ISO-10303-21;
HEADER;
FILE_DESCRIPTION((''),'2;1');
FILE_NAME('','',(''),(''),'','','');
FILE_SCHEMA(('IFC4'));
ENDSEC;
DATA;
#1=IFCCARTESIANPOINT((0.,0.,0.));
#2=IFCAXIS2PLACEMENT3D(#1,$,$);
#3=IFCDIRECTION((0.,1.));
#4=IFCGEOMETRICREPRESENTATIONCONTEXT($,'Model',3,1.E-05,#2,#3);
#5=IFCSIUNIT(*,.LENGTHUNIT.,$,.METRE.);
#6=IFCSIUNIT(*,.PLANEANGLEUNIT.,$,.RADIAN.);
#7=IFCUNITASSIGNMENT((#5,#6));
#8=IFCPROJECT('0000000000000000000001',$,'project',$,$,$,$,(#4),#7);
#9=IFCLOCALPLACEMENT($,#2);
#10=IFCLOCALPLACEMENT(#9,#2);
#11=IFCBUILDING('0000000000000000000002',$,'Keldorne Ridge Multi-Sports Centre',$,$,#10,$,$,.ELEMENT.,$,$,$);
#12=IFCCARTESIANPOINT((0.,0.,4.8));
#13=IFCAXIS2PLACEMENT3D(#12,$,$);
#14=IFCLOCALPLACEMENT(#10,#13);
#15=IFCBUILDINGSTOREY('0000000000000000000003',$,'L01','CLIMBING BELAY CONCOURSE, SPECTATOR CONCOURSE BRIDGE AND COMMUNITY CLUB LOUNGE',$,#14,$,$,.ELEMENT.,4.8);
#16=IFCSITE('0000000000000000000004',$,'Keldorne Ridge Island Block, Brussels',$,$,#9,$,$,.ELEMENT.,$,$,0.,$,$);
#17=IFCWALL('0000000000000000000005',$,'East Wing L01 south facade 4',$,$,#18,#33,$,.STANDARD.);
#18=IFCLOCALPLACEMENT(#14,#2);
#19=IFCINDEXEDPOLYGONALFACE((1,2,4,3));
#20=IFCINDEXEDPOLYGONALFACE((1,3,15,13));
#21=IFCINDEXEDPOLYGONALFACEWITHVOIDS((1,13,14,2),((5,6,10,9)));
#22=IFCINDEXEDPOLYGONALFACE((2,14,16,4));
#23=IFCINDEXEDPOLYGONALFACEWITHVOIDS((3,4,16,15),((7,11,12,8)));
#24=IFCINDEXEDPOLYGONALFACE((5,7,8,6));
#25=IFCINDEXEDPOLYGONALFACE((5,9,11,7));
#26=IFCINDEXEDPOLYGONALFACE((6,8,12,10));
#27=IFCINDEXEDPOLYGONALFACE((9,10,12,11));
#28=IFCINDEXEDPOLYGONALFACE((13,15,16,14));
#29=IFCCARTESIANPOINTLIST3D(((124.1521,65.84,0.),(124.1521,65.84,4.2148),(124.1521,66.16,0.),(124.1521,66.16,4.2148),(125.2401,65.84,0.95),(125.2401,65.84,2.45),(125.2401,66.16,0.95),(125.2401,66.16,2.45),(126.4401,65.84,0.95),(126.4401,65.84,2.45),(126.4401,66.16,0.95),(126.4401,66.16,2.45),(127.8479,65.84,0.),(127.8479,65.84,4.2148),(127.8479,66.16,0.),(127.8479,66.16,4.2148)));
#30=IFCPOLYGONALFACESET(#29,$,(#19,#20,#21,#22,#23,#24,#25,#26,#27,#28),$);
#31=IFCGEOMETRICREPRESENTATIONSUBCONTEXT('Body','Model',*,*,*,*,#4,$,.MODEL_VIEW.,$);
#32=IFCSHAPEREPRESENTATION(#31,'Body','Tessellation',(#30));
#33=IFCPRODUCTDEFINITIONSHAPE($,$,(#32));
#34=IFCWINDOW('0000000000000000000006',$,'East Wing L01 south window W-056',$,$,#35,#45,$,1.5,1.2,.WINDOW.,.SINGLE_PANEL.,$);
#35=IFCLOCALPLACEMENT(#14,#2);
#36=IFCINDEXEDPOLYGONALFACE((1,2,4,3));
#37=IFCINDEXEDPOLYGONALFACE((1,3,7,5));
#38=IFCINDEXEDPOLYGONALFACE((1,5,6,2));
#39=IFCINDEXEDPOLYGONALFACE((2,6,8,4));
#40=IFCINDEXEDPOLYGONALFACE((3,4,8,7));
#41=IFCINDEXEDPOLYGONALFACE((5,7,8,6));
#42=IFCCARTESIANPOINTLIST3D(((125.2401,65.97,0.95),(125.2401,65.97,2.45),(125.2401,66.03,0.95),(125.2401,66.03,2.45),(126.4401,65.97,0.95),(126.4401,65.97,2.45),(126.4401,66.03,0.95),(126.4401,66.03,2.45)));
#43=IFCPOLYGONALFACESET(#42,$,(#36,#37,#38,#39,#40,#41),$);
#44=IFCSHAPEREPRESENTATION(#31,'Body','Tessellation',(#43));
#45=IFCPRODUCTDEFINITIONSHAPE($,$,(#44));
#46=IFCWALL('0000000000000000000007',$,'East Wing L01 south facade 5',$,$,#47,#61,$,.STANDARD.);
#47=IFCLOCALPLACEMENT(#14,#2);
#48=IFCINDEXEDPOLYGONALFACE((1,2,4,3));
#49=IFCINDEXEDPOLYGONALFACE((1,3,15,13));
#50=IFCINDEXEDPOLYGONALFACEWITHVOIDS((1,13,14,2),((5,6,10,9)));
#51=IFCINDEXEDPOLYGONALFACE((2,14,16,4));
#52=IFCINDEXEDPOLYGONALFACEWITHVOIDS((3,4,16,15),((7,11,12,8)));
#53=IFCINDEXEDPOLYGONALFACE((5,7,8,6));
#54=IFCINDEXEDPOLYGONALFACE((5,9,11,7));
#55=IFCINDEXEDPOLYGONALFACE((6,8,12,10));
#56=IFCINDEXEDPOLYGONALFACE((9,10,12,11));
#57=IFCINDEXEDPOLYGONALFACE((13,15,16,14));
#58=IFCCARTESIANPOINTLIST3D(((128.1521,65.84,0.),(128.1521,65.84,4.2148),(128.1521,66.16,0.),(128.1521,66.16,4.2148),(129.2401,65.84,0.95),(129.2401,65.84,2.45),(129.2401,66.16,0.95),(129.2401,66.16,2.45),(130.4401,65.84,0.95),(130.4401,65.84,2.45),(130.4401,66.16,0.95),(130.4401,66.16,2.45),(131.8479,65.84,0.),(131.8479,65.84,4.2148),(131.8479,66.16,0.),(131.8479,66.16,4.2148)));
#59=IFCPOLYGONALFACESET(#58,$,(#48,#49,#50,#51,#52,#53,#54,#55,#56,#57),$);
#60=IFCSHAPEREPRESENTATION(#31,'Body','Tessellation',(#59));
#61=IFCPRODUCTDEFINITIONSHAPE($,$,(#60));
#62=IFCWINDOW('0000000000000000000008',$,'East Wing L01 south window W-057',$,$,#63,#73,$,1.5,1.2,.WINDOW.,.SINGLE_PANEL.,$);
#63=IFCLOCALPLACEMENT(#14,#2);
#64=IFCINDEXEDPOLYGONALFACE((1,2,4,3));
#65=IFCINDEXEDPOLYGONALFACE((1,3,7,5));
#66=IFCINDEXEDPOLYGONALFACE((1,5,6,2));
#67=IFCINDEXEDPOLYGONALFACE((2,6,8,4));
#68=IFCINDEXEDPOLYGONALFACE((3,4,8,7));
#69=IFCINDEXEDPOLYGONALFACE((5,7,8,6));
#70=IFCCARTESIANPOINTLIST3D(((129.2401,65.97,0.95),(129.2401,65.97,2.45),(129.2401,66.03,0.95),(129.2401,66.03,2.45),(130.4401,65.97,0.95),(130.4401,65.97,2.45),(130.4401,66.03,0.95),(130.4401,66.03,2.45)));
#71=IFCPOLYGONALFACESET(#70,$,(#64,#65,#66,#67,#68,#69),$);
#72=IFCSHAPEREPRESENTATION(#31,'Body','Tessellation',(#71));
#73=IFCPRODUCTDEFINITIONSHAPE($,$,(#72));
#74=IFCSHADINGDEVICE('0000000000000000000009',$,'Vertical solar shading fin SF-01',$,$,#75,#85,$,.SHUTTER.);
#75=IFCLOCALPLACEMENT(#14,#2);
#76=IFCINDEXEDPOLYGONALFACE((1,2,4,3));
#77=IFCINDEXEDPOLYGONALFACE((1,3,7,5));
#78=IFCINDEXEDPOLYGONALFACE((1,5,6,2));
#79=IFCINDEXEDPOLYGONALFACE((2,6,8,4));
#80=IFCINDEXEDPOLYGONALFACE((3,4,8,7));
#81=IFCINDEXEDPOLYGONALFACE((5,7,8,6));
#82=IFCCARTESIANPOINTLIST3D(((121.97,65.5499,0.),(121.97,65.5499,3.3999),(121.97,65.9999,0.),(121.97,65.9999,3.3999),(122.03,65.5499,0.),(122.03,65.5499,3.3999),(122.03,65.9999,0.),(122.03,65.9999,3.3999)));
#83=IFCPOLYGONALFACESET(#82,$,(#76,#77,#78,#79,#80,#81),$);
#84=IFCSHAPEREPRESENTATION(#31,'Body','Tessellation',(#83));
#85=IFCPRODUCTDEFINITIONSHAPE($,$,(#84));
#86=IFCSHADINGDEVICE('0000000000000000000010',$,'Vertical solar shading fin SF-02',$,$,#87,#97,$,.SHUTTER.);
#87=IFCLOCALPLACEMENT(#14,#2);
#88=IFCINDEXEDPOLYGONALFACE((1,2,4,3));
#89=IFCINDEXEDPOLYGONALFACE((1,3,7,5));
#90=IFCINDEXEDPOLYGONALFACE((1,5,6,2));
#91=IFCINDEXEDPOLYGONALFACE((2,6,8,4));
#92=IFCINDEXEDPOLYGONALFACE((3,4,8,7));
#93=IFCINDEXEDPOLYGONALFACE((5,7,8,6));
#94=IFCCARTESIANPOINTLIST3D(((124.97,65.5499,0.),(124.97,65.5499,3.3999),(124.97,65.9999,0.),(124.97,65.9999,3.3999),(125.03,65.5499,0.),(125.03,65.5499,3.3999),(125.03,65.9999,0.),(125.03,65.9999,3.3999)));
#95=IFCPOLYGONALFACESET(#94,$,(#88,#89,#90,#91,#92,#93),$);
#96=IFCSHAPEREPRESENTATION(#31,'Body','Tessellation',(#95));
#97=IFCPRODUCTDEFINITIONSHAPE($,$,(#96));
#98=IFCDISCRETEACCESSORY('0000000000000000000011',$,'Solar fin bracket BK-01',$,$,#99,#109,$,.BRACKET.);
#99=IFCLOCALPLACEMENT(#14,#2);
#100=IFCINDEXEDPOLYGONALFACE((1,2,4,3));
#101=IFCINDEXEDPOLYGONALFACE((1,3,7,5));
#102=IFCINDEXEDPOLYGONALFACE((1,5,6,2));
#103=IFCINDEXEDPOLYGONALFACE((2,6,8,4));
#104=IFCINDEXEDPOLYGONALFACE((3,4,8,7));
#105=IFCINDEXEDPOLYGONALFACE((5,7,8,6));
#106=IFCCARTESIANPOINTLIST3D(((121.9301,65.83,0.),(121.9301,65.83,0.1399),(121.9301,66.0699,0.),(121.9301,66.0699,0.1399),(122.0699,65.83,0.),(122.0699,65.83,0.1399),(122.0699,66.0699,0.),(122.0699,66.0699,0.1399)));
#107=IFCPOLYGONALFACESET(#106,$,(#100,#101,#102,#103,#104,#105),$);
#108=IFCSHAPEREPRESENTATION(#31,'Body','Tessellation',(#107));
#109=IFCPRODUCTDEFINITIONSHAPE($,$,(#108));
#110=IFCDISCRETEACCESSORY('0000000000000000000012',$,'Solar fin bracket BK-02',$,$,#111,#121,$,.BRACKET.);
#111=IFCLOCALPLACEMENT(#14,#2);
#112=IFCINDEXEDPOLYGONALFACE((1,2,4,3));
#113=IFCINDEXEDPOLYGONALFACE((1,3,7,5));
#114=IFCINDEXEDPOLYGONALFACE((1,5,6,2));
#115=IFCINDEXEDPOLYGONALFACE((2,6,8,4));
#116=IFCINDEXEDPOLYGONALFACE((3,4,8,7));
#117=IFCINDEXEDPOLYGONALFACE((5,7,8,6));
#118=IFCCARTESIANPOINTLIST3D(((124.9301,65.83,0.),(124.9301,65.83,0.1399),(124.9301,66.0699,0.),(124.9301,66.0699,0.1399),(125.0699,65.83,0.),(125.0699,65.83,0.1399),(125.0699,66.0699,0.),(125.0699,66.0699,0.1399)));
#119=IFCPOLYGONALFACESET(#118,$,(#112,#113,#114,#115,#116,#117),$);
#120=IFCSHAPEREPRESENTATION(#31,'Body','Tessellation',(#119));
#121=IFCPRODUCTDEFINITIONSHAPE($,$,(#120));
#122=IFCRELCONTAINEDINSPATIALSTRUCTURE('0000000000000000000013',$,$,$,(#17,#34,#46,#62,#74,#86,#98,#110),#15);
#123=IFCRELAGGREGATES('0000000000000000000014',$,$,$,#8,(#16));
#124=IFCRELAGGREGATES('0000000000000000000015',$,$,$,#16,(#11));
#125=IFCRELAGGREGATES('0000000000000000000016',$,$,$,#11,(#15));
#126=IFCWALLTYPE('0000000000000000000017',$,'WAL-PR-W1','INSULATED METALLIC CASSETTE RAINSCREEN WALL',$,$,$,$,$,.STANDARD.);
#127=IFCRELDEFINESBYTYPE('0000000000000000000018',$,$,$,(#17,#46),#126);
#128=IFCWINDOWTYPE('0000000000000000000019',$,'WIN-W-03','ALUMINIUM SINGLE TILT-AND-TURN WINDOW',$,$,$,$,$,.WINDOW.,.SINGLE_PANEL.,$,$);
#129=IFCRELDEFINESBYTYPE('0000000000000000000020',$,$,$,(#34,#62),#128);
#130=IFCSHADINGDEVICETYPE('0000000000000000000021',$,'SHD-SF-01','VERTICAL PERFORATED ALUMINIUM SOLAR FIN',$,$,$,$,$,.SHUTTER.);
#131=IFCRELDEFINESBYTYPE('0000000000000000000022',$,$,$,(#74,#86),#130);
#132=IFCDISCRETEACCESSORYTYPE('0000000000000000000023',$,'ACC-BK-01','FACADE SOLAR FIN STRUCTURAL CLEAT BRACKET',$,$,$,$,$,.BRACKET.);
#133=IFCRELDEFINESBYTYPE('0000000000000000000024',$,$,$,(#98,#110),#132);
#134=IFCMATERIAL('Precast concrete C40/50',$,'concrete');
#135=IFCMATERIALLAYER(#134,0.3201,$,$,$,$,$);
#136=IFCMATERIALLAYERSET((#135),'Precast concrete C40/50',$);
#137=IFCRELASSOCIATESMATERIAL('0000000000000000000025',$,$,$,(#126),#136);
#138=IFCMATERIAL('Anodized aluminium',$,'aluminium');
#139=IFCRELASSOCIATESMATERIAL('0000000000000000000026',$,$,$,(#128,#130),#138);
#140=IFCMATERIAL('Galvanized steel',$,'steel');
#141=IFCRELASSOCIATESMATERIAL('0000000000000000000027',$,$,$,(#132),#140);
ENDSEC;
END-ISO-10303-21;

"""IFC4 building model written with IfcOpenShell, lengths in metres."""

from ifc_helpers import new_model, si_unit, direction, frame, frame_2d, origin, origin_2d, place, context, subcontext, project, spatial, rectangle, extrude, material, layer, layer_set, type_object, element, fill, save


model = new_model("IFC4")

# Units and contexts
model_context = context("Model", 3, precision=1e-05, world=origin(), true_north=direction((0.0, 1.0)))
body_context = subcontext(model_context, "Body", "Model", "MODEL_VIEW")
ifc_project = project(units=[si_unit("LENGTHUNIT", "METRE"), si_unit("PLANEANGLEUNIT", "RADIAN")], contexts=[model_context])

# Site, building, storey
site_placement = place(None, origin())
site = spatial("IfcSite", under=ifc_project, at=site_placement, Name="Keldorne Ridge Island Block, Brussels", CompositionType="ELEMENT", RefElevation=0.0)
building_placement = place(site_placement, origin())
building = spatial("IfcBuilding", under=site, at=building_placement, Name="Keldorne Ridge Multi-Sports Centre", CompositionType="ELEMENT")
storey_placement = place(building_placement, frame((0.0, 0.0, 4.8)))
storey = spatial("IfcBuildingStorey", under=building, at=storey_placement, Name="L01", Description="CLIMBING BELAY CONCOURSE, SPECTATOR CONCOURSE BRIDGE AND COMMUNITY CLUB LOUNGE", CompositionType="ELEMENT", Elevation=4.8)

# Shared definitions
ifc_material_1 = material(Name="Anodized aluminium", Category="aluminium")

# Walls, openings, windows
ifc_material_2 = material(Name="Precast concrete C40/50", Category="concrete")
ifc_layer_1 = layer(ifc_material_2, 0.3201)
ifc_layer_set_1 = layer_set([ifc_layer_1], Name="Precast concrete C40/50")
wall_type = type_object("IfcWallType", Name="WAL-PR-W1", Description="INSULATED METALLIC CASSETTE RAINSCREEN WALL", PredefinedType="STANDARD", material=ifc_layer_set_1)
wall_1_placement = place(storey_placement, frame((124.1521, 66.0, 0.0), z_axis=(0.0, 0.0, 1.0), x_axis=(1.0, 0.0, 0.0)))
wall_1 = element("IfcWall", 1, at=wall_1_placement, inside=storey, type_object=wall_type, Name="East Wing L01 south facade 4", PredefinedType="STANDARD", context=body_context, shape_type="SweptSolid", body=[
    extrude(rectangle(XDim=3.6958, YDim=0.3201, at=frame_2d((1.8479, 0.0))), origin(), (0.0, 0.0, 1.0), 4.2148),
])
opening_1_placement = place(wall_1_placement, frame((1.0879, 0.0, 0.95)))
opening_1 = element("IfcOpeningElement", 2, at=opening_1_placement, cuts=wall_1, PredefinedType="OPENING", context=body_context, shape_type="SweptSolid", body=[
    extrude(rectangle(XDim=1.2, YDim=1.5, at=frame_2d((0.6001, 0.75))), frame((0.0, 0.1699, 0.0), z_axis=(0.0, -1.0, 0.0), x_axis=(1.0, 0.0, 0.0)), (0.0, 0.0, 1.0), 0.3401),
])
window_type = type_object("IfcWindowType", Name="WIN-W-03", Description="ALUMINIUM SINGLE TILT-AND-TURN WINDOW", PartitioningType="SINGLE_PANEL", PredefinedType="WINDOW", material=ifc_material_1)
window_1_placement = place(opening_1_placement, origin())
window_1 = element("IfcWindow", 3, at=window_1_placement, inside=storey, type_object=window_type, Name="East Wing L01 south window W-056", OverallHeight=1.5, OverallWidth=1.2, PartitioningType="SINGLE_PANEL", PredefinedType="WINDOW", context=body_context, shape_type="SweptSolid", body=[
    extrude(rectangle(XDim=1.2, YDim=1.5, at=frame_2d((0.6001, 0.75))), frame((0.0, 0.03, 0.0), z_axis=(0.0, -1.0, 0.0), x_axis=(1.0, 0.0, 0.0)), (0.0, 0.0, 1.0), 0.0601),
])
fill(opening_1, window_1)
wall_2_placement = place(storey_placement, frame((128.1521, 66.0, 0.0), z_axis=(0.0, 0.0, 1.0), x_axis=(1.0, 0.0, 0.0)))
wall_2 = element("IfcWall", 4, at=wall_2_placement, inside=storey, type_object=wall_type, Name="East Wing L01 south facade 5", PredefinedType="STANDARD", context=body_context, shape_type="SweptSolid", body=[
    extrude(rectangle(XDim=3.6958, YDim=0.3201, at=frame_2d((1.8479, 0.0))), origin(), (0.0, 0.0, 1.0), 4.2148),
])
opening_2_placement = place(wall_2_placement, frame((1.0879, 0.0, 0.95)))
opening_2 = element("IfcOpeningElement", 5, at=opening_2_placement, cuts=wall_2, PredefinedType="OPENING", context=body_context, shape_type="SweptSolid", body=[
    extrude(rectangle(XDim=1.2, YDim=1.5, at=frame_2d((0.6001, 0.75))), frame((0.0, 0.1699, 0.0), z_axis=(0.0, -1.0, 0.0), x_axis=(1.0, 0.0, 0.0)), (0.0, 0.0, 1.0), 0.3401),
])
window_2_placement = place(opening_2_placement, origin())
window_2 = element("IfcWindow", 6, at=window_2_placement, inside=storey, type_object=window_type, Name="East Wing L01 south window W-057", OverallHeight=1.5, OverallWidth=1.2, PartitioningType="SINGLE_PANEL", PredefinedType="WINDOW", context=body_context, shape_type="SweptSolid", body=[
    extrude(rectangle(XDim=1.2, YDim=1.5, at=frame_2d((0.6001, 0.75))), frame((0.0, 0.03, 0.0), z_axis=(0.0, -1.0, 0.0), x_axis=(1.0, 0.0, 0.0)), (0.0, 0.0, 1.0), 0.0601),
])
fill(opening_2, window_2)

# Shading devices
shading_device_type = type_object("IfcShadingDeviceType", Name="SHD-SF-01", Description="VERTICAL PERFORATED ALUMINIUM SOLAR FIN", PredefinedType="SHUTTER", material=ifc_material_1)
for number, where, z_axis, x_axis, name in (
    (7, (122.0, 65.7749, 0.0), (0.0, 0.0, 1.0), (1.0, 0.0, 0.0), "Vertical solar shading fin SF-01"),
    (8, (125.0, 65.7749, 0.0), (0.0, 0.0, 1.0), (1.0, 0.0, 0.0), "Vertical solar shading fin SF-02"),
):
    element("IfcShadingDevice", number, at=place(storey_placement, frame(where, z_axis=z_axis, x_axis=x_axis)), inside=storey, type_object=shading_device_type, Name=name, PredefinedType="SHUTTER", context=body_context, shape_type="SweptSolid", body=[
        extrude(rectangle(XDim=0.0601, YDim=0.45, at=origin_2d()), origin(), (0.0, 0.0, 1.0), 3.3999),
    ])

# Discrete accessories
ifc_material_3 = material(Name="Galvanized steel", Category="steel")
discrete_accessory_type = type_object("IfcDiscreteAccessoryType", Name="ACC-BK-01", Description="FACADE SOLAR FIN STRUCTURAL CLEAT BRACKET", PredefinedType="BRACKET", material=ifc_material_3)
for number, where, z_axis, x_axis, name in (
    (9, (122.0, 65.95, 0.0), (0.0, 0.0, 1.0), (1.0, 0.0, 0.0), "Solar fin bracket BK-01"),
    (10, (125.0, 65.95, 0.0), (0.0, 0.0, 1.0), (1.0, 0.0, 0.0), "Solar fin bracket BK-02"),
):
    element("IfcDiscreteAccessory", number, at=place(storey_placement, frame(where, z_axis=z_axis, x_axis=x_axis)), inside=storey, type_object=discrete_accessory_type, Name=name, PredefinedType="BRACKET", context=body_context, shape_type="SweptSolid", body=[
        extrude(rectangle(XDim=0.1399, YDim=0.24, at=origin_2d()), origin(), (0.0, 0.0, 1.0), 0.1399),
    ])

save(model, "model.ifc")
